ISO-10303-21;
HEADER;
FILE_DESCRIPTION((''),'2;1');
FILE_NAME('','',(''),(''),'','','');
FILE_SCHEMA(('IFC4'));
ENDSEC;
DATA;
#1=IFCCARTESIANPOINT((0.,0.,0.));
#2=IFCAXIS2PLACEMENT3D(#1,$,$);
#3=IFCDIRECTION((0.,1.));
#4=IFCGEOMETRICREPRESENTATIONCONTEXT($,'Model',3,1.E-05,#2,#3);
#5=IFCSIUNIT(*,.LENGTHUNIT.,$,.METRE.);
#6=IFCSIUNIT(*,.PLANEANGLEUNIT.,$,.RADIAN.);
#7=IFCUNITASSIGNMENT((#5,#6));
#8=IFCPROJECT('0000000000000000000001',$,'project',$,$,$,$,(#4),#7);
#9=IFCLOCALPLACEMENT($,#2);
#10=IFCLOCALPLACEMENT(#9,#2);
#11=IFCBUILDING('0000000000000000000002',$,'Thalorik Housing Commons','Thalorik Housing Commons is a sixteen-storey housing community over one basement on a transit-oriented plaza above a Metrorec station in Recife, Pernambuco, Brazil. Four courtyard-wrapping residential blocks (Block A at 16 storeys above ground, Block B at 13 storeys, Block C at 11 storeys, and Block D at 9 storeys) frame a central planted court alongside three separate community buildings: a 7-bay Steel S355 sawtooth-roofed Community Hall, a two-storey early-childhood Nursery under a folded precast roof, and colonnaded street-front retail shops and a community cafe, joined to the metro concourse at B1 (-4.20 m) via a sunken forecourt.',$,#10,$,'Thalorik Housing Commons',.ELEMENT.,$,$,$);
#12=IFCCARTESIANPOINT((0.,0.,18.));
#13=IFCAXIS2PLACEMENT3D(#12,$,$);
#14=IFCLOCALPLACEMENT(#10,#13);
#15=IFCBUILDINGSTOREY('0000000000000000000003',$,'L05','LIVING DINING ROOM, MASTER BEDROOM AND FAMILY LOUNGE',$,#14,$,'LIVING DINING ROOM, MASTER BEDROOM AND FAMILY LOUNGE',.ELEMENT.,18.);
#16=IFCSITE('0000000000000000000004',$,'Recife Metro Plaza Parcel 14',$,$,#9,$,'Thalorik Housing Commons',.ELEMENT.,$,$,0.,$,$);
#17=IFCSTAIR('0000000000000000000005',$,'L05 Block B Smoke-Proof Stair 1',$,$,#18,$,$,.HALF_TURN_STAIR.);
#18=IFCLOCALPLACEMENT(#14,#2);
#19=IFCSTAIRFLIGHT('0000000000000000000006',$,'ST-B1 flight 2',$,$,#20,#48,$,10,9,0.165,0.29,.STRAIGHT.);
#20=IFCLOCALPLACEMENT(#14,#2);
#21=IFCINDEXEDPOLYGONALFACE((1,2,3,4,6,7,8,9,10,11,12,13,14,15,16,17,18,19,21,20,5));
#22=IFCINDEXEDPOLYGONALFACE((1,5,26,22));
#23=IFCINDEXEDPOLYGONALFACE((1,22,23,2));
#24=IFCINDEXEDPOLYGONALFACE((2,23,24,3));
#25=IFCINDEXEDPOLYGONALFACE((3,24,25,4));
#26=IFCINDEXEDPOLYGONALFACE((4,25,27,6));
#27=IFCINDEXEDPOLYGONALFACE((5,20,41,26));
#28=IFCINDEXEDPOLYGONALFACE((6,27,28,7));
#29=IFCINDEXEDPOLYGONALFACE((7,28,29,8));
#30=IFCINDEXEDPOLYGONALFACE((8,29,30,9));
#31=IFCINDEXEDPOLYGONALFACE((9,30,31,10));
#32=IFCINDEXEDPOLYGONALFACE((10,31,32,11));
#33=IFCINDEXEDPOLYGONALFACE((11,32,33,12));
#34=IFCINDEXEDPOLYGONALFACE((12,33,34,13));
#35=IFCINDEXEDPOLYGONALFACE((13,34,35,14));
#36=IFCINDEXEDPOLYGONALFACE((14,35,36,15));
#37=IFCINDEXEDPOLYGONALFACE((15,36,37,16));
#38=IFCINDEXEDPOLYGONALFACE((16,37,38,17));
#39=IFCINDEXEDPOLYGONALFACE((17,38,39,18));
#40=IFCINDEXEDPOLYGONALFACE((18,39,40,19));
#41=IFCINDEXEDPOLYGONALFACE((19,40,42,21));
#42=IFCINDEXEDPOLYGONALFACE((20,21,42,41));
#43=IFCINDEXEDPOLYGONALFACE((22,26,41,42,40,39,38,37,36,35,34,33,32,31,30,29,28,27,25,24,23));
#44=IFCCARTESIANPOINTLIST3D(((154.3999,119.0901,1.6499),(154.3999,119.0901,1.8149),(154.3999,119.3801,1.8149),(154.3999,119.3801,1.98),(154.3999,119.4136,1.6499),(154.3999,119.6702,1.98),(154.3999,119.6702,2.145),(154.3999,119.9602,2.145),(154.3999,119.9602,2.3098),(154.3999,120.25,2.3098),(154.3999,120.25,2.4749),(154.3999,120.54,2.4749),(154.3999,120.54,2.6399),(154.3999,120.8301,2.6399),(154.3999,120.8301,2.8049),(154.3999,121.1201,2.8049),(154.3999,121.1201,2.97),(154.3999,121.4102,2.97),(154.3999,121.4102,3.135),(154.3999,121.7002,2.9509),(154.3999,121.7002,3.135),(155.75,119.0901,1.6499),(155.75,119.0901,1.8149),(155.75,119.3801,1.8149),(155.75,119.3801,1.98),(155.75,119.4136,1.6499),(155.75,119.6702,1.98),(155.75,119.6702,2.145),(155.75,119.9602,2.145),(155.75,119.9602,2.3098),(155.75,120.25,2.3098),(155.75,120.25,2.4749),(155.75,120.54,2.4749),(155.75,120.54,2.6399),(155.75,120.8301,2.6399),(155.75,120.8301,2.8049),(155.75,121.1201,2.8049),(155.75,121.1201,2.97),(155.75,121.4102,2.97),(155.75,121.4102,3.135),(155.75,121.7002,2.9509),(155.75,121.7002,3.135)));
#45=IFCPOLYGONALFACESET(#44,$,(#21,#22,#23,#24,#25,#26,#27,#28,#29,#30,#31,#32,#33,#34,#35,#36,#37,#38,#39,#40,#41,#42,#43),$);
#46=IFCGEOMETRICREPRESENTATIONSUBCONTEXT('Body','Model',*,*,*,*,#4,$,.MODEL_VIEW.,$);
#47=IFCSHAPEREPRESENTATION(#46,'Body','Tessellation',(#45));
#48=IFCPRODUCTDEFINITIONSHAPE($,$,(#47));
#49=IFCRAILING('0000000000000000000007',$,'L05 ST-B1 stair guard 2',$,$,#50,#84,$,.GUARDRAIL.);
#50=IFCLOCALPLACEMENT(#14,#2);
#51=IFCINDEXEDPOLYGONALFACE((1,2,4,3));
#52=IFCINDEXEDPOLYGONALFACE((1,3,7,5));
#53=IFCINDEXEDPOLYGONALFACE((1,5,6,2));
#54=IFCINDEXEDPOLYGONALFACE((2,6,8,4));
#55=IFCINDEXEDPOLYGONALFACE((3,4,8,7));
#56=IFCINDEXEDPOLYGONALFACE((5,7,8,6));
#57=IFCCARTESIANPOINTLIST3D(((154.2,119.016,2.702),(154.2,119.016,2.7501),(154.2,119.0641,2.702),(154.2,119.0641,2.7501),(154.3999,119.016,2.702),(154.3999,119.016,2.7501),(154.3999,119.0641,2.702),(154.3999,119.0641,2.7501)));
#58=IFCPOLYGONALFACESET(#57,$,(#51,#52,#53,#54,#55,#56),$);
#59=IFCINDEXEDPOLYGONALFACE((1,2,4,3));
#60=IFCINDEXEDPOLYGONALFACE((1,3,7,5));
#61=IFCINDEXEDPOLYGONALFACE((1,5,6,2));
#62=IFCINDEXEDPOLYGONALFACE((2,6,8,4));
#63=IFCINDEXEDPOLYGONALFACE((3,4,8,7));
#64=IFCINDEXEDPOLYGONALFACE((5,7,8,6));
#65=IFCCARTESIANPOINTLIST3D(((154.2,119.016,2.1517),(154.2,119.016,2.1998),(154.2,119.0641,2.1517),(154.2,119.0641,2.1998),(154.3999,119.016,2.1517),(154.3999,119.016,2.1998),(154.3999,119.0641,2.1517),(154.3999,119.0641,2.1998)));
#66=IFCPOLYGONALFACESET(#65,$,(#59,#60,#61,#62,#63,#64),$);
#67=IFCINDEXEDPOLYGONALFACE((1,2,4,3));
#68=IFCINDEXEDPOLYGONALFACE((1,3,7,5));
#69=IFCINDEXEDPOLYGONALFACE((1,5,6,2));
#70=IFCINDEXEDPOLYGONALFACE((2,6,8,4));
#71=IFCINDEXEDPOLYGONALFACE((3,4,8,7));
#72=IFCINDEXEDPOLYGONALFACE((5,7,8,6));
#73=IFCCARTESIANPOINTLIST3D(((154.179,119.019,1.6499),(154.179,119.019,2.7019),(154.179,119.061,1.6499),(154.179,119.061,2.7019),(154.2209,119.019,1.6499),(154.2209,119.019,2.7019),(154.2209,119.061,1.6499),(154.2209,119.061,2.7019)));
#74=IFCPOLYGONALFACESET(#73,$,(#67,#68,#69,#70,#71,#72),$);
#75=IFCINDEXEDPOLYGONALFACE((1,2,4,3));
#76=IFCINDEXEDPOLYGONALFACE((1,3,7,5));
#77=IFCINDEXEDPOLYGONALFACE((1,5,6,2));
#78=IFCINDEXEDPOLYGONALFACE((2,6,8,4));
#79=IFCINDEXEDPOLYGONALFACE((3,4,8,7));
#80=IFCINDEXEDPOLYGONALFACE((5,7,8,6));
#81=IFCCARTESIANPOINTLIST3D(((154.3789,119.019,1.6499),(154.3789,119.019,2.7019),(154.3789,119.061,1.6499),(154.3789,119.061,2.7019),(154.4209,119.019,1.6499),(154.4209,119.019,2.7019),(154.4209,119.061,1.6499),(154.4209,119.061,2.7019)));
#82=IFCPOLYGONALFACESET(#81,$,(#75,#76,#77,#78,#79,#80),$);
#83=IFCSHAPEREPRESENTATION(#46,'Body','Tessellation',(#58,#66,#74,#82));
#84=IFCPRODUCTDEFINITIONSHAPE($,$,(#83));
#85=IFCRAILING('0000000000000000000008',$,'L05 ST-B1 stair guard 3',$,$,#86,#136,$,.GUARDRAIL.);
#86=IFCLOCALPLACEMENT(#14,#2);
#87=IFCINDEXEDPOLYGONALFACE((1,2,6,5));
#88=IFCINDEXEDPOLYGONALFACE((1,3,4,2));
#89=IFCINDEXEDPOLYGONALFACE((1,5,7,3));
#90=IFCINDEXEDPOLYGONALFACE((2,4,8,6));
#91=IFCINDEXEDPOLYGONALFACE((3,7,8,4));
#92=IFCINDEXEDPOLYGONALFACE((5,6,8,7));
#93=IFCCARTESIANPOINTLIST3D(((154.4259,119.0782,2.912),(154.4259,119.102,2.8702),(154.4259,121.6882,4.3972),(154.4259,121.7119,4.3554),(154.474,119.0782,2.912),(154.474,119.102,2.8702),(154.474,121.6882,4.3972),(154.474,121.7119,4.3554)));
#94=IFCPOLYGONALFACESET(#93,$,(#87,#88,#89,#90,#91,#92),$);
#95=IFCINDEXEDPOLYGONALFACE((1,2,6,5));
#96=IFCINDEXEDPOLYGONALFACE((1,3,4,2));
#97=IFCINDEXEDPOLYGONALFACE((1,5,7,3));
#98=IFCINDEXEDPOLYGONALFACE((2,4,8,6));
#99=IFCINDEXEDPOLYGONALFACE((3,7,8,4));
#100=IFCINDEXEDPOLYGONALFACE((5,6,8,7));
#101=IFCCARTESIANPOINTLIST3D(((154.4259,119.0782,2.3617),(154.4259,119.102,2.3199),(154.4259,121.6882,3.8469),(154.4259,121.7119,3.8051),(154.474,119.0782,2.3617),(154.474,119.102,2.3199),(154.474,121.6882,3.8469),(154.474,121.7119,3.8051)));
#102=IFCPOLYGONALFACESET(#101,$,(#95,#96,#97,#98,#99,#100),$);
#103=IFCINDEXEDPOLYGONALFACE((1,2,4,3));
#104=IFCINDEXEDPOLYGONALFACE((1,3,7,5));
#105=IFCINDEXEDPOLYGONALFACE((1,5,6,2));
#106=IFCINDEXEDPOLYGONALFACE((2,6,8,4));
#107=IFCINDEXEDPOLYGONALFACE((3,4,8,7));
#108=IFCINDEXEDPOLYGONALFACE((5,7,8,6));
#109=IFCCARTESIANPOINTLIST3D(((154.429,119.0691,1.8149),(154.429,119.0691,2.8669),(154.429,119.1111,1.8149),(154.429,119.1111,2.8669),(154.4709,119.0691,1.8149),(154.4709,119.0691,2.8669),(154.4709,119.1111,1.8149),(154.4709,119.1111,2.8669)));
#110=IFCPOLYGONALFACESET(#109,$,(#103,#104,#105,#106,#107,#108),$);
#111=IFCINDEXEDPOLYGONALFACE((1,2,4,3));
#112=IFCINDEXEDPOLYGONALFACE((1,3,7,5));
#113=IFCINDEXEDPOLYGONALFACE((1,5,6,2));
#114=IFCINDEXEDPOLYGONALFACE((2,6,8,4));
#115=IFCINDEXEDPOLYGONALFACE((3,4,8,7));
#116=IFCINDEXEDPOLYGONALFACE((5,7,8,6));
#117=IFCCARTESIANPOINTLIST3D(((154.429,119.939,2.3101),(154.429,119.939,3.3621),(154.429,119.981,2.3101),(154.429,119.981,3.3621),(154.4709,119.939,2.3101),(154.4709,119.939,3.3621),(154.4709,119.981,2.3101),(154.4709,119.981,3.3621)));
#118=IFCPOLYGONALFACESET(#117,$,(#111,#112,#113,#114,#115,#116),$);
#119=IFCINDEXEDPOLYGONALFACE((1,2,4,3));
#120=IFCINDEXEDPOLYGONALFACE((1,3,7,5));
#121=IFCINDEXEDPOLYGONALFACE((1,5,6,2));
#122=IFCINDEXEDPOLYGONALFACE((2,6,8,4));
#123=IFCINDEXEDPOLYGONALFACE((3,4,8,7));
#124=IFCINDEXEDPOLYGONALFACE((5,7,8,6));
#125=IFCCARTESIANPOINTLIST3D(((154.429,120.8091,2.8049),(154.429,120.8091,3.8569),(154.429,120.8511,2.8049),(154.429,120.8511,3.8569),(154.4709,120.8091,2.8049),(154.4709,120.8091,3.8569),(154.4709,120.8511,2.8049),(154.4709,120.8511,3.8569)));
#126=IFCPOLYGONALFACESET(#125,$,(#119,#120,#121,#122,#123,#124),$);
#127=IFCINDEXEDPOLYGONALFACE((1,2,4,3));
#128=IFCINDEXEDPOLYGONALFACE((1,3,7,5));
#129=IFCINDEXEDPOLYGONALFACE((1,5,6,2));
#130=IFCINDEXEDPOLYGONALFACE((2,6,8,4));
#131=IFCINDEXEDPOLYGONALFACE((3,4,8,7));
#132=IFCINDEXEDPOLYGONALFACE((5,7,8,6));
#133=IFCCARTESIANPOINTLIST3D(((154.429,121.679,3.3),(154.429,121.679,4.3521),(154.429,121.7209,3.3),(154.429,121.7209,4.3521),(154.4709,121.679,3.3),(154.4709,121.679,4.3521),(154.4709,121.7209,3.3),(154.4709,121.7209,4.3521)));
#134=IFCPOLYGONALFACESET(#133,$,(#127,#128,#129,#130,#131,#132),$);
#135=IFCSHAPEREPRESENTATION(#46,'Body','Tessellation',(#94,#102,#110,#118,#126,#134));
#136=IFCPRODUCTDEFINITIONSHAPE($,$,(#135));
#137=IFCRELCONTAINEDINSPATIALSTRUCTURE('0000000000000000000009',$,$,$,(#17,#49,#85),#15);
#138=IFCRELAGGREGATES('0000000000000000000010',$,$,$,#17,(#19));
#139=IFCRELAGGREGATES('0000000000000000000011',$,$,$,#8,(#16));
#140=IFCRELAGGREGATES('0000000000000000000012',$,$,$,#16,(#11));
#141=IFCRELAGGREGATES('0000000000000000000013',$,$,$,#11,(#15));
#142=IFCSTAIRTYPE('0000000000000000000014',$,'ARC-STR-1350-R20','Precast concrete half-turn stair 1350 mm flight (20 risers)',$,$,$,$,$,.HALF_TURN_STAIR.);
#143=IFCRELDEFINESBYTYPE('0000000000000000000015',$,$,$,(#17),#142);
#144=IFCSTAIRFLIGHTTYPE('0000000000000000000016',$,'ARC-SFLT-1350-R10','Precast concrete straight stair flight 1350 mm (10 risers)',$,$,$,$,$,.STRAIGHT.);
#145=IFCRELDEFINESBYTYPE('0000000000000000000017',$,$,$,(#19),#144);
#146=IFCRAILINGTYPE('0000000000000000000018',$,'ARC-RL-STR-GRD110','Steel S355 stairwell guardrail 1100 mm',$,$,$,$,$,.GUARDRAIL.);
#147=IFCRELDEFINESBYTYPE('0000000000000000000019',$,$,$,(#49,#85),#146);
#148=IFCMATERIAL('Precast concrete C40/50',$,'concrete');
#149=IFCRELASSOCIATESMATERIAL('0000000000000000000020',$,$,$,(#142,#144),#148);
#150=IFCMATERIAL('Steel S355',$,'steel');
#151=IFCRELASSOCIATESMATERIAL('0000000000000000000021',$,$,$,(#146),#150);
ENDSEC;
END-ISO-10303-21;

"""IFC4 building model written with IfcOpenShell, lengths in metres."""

from ifc_helpers import new_model, si_unit, direction, frame, origin, origin_2d, place, context, subcontext, project, spatial, polyline, rectangle, outline, extrude, material, type_object, element, aggregate, save


model = new_model("IFC4")

# Units and contexts
model_context = context("Model", 3, precision=1e-05, world=origin(), true_north=direction((0.0, 1.0)))
body_context = subcontext(model_context, "Body", "Model", "MODEL_VIEW")
ifc_project = project(units=[si_unit("LENGTHUNIT", "METRE"), si_unit("PLANEANGLEUNIT", "RADIAN")], contexts=[model_context])

# Site, building, storey
site_placement = place(None, origin())
site = spatial("IfcSite", under=ifc_project, at=site_placement, Name="Recife Metro Plaza Parcel 14", LongName="Thalorik Housing Commons", CompositionType="ELEMENT", RefElevation=0.0)
building_placement = place(site_placement, origin())
building = spatial("IfcBuilding", under=site, at=building_placement, Name="Thalorik Housing Commons", Description="Thalorik Housing Commons is a sixteen-storey housing community over one basement on a transit-oriented plaza above a Metrorec station in Recife, Pernambuco, Brazil. Four courtyard-wrapping residential blocks (Block A at 16 storeys above ground, Block B at 13 storeys, Block C at 11 storeys, and Block D at 9 storeys) frame a central planted court alongside three separate community buildings: a 7-bay Steel S355 sawtooth-roofed Community Hall, a two-storey early-childhood Nursery under a folded precast roof, and colonnaded street-front retail shops and a community cafe, joined to the metro concourse at B1 (-4.20 m) via a sunken forecourt.", LongName="Thalorik Housing Commons", CompositionType="ELEMENT")
storey_placement = place(building_placement, frame((0.0, 0.0, 18.0)))
storey = spatial("IfcBuildingStorey", under=building, at=storey_placement, Name="L05", Description="LIVING DINING ROOM, MASTER BEDROOM AND FAMILY LOUNGE", LongName="LIVING DINING ROOM, MASTER BEDROOM AND FAMILY LOUNGE", CompositionType="ELEMENT", Elevation=18.0)

# Shared definitions
ifc_material_1 = material(Name="Precast concrete C40/50", Category="concrete")

# Shared definitions
ifc_material_2 = material(Name="Steel S355", Category="steel")

# Stair, stair flight
stair_type = type_object("IfcStairType", Name="ARC-STR-1350-R20", Description="Precast concrete half-turn stair 1350 mm flight (20 risers)", PredefinedType="HALF_TURN_STAIR", material=ifc_material_1)
stair_placement = place(storey_placement, origin())
stair = element("IfcStair", 1, at=stair_placement, inside=storey, type_object=stair_type, Name="L05 Block B Smoke-Proof Stair 1", PredefinedType="HALF_TURN_STAIR")
stair_flight_type = type_object("IfcStairFlightType", Name="ARC-SFLT-1350-R10", Description="Precast concrete straight stair flight 1350 mm (10 risers)", PredefinedType="STRAIGHT", material=ifc_material_1)
stair_flight_placement = place(storey_placement, frame((155.075, 119.0901, 1.6499), z_axis=(0.0, 0.0, 1.0), x_axis=(0.0, 1.0, 0.0)))
stair_flight = element("IfcStairFlight", 2, at=stair_flight_placement, type_object=stair_flight_type, Name="ST-B1 flight 2", NumberOfRisers=10, NumberOfTreads=9, PredefinedType="STRAIGHT", RiserHeight=0.165, TreadLength=0.29, context=body_context, shape_type="SweptSolid", body=[
    extrude(outline(polyline([(0.0, 0.0), (0.0, 0.165), (0.29, 0.165), (0.29, 0.3301), (0.5801, 0.3301), (0.5801, 0.4951), (0.8701, 0.4951), (0.8701, 0.6599), (1.1599, 0.6599), (1.1599, 0.825), (1.45, 0.825), (1.45, 0.99), (1.74, 0.99), (1.74, 1.155), (2.03, 1.155), (2.03, 1.3201), (2.3201, 1.3201), (2.3201, 1.4851), (2.6101, 1.4851), (2.6101, 1.6499), (2.6101, 1.301), (0.3235, 0.0), (0.0, 0.0)])), frame((0.0, 0.675, 0.0), z_axis=(0.0, -1.0, 0.0), x_axis=(1.0, 0.0, 0.0)), (0.0, 0.0, 1.0), 1.3501),
])
aggregate(stair, [stair_flight])

# Railings
railing_type = type_object("IfcRailingType", Name="ARC-RL-STR-GRD110", Description="Steel S355 stairwell guardrail 1100 mm", PredefinedType="GUARDRAIL", material=ifc_material_2)
railing_1_placement = place(storey_placement, frame((154.2, 119.04, 1.6499)))
element("IfcRailing", 3, at=railing_1_placement, inside=storey, type_object=railing_type, Name="L05 ST-B1 stair guard 2", PredefinedType="GUARDRAIL", context=body_context, shape_type="SweptSolid", body=[
    extrude(rectangle(XDim=0.0481, YDim=0.0481, at=origin_2d()), frame((0.0, 0.0, 1.0762), z_axis=(1.0, 0.0, 0.0), x_axis=(0.0, 1.0, 0.0)), (0.0, 0.0, 1.0), 0.2),
    extrude(rectangle(XDim=0.0481, YDim=0.0481, at=origin_2d()), frame((0.0, 0.0, 0.5259), z_axis=(1.0, 0.0, 0.0), x_axis=(0.0, 1.0, 0.0)), (0.0, 0.0, 1.0), 0.2),
    extrude(rectangle(XDim=0.042, YDim=0.042, at=origin_2d()), origin(), (0.0, 0.0, 1.0), 1.052),
    extrude(rectangle(XDim=0.042, YDim=0.042, at=origin_2d()), frame((0.2, 0.0, 0.0)), (0.0, 0.0, 1.0), 1.052),
])
railing_2_placement = place(storey_placement, frame((154.45, 119.0901, 1.8149)))
element("IfcRailing", 4, at=railing_2_placement, inside=storey, type_object=railing_type, Name="L05 ST-B1 stair guard 3", PredefinedType="GUARDRAIL", context=body_context, shape_type="SweptSolid", body=[
    extrude(rectangle(XDim=0.0481, YDim=0.0481, at=origin_2d()), frame((0.0, 0.0, 1.0762), z_axis=(0.0, 0.869137, 0.494571), x_axis=(-1.0, 0.0, 0.0)), (0.0, 0.0, 1.0), 3.0029),
    extrude(rectangle(XDim=0.0481, YDim=0.0481, at=origin_2d()), frame((0.0, 0.0, 0.5259), z_axis=(0.0, 0.869137, 0.494571), x_axis=(-1.0, 0.0, 0.0)), (0.0, 0.0, 1.0), 3.0029),
    extrude(rectangle(XDim=0.042, YDim=0.042, at=origin_2d()), origin(), (0.0, 0.0, 1.0), 1.052),
    extrude(rectangle(XDim=0.042, YDim=0.042, at=origin_2d()), frame((0.0, 0.8699, 0.4951)), (0.0, 0.0, 1.0), 1.052),
    extrude(rectangle(XDim=0.042, YDim=0.042, at=origin_2d()), frame((0.0, 1.74, 0.99)), (0.0, 0.0, 1.0), 1.052),
    extrude(rectangle(XDim=0.042, YDim=0.042, at=origin_2d()), frame((0.0, 2.6099, 1.4851)), (0.0, 0.0, 1.0), 1.052),
])

save(model, "model.ifc")
